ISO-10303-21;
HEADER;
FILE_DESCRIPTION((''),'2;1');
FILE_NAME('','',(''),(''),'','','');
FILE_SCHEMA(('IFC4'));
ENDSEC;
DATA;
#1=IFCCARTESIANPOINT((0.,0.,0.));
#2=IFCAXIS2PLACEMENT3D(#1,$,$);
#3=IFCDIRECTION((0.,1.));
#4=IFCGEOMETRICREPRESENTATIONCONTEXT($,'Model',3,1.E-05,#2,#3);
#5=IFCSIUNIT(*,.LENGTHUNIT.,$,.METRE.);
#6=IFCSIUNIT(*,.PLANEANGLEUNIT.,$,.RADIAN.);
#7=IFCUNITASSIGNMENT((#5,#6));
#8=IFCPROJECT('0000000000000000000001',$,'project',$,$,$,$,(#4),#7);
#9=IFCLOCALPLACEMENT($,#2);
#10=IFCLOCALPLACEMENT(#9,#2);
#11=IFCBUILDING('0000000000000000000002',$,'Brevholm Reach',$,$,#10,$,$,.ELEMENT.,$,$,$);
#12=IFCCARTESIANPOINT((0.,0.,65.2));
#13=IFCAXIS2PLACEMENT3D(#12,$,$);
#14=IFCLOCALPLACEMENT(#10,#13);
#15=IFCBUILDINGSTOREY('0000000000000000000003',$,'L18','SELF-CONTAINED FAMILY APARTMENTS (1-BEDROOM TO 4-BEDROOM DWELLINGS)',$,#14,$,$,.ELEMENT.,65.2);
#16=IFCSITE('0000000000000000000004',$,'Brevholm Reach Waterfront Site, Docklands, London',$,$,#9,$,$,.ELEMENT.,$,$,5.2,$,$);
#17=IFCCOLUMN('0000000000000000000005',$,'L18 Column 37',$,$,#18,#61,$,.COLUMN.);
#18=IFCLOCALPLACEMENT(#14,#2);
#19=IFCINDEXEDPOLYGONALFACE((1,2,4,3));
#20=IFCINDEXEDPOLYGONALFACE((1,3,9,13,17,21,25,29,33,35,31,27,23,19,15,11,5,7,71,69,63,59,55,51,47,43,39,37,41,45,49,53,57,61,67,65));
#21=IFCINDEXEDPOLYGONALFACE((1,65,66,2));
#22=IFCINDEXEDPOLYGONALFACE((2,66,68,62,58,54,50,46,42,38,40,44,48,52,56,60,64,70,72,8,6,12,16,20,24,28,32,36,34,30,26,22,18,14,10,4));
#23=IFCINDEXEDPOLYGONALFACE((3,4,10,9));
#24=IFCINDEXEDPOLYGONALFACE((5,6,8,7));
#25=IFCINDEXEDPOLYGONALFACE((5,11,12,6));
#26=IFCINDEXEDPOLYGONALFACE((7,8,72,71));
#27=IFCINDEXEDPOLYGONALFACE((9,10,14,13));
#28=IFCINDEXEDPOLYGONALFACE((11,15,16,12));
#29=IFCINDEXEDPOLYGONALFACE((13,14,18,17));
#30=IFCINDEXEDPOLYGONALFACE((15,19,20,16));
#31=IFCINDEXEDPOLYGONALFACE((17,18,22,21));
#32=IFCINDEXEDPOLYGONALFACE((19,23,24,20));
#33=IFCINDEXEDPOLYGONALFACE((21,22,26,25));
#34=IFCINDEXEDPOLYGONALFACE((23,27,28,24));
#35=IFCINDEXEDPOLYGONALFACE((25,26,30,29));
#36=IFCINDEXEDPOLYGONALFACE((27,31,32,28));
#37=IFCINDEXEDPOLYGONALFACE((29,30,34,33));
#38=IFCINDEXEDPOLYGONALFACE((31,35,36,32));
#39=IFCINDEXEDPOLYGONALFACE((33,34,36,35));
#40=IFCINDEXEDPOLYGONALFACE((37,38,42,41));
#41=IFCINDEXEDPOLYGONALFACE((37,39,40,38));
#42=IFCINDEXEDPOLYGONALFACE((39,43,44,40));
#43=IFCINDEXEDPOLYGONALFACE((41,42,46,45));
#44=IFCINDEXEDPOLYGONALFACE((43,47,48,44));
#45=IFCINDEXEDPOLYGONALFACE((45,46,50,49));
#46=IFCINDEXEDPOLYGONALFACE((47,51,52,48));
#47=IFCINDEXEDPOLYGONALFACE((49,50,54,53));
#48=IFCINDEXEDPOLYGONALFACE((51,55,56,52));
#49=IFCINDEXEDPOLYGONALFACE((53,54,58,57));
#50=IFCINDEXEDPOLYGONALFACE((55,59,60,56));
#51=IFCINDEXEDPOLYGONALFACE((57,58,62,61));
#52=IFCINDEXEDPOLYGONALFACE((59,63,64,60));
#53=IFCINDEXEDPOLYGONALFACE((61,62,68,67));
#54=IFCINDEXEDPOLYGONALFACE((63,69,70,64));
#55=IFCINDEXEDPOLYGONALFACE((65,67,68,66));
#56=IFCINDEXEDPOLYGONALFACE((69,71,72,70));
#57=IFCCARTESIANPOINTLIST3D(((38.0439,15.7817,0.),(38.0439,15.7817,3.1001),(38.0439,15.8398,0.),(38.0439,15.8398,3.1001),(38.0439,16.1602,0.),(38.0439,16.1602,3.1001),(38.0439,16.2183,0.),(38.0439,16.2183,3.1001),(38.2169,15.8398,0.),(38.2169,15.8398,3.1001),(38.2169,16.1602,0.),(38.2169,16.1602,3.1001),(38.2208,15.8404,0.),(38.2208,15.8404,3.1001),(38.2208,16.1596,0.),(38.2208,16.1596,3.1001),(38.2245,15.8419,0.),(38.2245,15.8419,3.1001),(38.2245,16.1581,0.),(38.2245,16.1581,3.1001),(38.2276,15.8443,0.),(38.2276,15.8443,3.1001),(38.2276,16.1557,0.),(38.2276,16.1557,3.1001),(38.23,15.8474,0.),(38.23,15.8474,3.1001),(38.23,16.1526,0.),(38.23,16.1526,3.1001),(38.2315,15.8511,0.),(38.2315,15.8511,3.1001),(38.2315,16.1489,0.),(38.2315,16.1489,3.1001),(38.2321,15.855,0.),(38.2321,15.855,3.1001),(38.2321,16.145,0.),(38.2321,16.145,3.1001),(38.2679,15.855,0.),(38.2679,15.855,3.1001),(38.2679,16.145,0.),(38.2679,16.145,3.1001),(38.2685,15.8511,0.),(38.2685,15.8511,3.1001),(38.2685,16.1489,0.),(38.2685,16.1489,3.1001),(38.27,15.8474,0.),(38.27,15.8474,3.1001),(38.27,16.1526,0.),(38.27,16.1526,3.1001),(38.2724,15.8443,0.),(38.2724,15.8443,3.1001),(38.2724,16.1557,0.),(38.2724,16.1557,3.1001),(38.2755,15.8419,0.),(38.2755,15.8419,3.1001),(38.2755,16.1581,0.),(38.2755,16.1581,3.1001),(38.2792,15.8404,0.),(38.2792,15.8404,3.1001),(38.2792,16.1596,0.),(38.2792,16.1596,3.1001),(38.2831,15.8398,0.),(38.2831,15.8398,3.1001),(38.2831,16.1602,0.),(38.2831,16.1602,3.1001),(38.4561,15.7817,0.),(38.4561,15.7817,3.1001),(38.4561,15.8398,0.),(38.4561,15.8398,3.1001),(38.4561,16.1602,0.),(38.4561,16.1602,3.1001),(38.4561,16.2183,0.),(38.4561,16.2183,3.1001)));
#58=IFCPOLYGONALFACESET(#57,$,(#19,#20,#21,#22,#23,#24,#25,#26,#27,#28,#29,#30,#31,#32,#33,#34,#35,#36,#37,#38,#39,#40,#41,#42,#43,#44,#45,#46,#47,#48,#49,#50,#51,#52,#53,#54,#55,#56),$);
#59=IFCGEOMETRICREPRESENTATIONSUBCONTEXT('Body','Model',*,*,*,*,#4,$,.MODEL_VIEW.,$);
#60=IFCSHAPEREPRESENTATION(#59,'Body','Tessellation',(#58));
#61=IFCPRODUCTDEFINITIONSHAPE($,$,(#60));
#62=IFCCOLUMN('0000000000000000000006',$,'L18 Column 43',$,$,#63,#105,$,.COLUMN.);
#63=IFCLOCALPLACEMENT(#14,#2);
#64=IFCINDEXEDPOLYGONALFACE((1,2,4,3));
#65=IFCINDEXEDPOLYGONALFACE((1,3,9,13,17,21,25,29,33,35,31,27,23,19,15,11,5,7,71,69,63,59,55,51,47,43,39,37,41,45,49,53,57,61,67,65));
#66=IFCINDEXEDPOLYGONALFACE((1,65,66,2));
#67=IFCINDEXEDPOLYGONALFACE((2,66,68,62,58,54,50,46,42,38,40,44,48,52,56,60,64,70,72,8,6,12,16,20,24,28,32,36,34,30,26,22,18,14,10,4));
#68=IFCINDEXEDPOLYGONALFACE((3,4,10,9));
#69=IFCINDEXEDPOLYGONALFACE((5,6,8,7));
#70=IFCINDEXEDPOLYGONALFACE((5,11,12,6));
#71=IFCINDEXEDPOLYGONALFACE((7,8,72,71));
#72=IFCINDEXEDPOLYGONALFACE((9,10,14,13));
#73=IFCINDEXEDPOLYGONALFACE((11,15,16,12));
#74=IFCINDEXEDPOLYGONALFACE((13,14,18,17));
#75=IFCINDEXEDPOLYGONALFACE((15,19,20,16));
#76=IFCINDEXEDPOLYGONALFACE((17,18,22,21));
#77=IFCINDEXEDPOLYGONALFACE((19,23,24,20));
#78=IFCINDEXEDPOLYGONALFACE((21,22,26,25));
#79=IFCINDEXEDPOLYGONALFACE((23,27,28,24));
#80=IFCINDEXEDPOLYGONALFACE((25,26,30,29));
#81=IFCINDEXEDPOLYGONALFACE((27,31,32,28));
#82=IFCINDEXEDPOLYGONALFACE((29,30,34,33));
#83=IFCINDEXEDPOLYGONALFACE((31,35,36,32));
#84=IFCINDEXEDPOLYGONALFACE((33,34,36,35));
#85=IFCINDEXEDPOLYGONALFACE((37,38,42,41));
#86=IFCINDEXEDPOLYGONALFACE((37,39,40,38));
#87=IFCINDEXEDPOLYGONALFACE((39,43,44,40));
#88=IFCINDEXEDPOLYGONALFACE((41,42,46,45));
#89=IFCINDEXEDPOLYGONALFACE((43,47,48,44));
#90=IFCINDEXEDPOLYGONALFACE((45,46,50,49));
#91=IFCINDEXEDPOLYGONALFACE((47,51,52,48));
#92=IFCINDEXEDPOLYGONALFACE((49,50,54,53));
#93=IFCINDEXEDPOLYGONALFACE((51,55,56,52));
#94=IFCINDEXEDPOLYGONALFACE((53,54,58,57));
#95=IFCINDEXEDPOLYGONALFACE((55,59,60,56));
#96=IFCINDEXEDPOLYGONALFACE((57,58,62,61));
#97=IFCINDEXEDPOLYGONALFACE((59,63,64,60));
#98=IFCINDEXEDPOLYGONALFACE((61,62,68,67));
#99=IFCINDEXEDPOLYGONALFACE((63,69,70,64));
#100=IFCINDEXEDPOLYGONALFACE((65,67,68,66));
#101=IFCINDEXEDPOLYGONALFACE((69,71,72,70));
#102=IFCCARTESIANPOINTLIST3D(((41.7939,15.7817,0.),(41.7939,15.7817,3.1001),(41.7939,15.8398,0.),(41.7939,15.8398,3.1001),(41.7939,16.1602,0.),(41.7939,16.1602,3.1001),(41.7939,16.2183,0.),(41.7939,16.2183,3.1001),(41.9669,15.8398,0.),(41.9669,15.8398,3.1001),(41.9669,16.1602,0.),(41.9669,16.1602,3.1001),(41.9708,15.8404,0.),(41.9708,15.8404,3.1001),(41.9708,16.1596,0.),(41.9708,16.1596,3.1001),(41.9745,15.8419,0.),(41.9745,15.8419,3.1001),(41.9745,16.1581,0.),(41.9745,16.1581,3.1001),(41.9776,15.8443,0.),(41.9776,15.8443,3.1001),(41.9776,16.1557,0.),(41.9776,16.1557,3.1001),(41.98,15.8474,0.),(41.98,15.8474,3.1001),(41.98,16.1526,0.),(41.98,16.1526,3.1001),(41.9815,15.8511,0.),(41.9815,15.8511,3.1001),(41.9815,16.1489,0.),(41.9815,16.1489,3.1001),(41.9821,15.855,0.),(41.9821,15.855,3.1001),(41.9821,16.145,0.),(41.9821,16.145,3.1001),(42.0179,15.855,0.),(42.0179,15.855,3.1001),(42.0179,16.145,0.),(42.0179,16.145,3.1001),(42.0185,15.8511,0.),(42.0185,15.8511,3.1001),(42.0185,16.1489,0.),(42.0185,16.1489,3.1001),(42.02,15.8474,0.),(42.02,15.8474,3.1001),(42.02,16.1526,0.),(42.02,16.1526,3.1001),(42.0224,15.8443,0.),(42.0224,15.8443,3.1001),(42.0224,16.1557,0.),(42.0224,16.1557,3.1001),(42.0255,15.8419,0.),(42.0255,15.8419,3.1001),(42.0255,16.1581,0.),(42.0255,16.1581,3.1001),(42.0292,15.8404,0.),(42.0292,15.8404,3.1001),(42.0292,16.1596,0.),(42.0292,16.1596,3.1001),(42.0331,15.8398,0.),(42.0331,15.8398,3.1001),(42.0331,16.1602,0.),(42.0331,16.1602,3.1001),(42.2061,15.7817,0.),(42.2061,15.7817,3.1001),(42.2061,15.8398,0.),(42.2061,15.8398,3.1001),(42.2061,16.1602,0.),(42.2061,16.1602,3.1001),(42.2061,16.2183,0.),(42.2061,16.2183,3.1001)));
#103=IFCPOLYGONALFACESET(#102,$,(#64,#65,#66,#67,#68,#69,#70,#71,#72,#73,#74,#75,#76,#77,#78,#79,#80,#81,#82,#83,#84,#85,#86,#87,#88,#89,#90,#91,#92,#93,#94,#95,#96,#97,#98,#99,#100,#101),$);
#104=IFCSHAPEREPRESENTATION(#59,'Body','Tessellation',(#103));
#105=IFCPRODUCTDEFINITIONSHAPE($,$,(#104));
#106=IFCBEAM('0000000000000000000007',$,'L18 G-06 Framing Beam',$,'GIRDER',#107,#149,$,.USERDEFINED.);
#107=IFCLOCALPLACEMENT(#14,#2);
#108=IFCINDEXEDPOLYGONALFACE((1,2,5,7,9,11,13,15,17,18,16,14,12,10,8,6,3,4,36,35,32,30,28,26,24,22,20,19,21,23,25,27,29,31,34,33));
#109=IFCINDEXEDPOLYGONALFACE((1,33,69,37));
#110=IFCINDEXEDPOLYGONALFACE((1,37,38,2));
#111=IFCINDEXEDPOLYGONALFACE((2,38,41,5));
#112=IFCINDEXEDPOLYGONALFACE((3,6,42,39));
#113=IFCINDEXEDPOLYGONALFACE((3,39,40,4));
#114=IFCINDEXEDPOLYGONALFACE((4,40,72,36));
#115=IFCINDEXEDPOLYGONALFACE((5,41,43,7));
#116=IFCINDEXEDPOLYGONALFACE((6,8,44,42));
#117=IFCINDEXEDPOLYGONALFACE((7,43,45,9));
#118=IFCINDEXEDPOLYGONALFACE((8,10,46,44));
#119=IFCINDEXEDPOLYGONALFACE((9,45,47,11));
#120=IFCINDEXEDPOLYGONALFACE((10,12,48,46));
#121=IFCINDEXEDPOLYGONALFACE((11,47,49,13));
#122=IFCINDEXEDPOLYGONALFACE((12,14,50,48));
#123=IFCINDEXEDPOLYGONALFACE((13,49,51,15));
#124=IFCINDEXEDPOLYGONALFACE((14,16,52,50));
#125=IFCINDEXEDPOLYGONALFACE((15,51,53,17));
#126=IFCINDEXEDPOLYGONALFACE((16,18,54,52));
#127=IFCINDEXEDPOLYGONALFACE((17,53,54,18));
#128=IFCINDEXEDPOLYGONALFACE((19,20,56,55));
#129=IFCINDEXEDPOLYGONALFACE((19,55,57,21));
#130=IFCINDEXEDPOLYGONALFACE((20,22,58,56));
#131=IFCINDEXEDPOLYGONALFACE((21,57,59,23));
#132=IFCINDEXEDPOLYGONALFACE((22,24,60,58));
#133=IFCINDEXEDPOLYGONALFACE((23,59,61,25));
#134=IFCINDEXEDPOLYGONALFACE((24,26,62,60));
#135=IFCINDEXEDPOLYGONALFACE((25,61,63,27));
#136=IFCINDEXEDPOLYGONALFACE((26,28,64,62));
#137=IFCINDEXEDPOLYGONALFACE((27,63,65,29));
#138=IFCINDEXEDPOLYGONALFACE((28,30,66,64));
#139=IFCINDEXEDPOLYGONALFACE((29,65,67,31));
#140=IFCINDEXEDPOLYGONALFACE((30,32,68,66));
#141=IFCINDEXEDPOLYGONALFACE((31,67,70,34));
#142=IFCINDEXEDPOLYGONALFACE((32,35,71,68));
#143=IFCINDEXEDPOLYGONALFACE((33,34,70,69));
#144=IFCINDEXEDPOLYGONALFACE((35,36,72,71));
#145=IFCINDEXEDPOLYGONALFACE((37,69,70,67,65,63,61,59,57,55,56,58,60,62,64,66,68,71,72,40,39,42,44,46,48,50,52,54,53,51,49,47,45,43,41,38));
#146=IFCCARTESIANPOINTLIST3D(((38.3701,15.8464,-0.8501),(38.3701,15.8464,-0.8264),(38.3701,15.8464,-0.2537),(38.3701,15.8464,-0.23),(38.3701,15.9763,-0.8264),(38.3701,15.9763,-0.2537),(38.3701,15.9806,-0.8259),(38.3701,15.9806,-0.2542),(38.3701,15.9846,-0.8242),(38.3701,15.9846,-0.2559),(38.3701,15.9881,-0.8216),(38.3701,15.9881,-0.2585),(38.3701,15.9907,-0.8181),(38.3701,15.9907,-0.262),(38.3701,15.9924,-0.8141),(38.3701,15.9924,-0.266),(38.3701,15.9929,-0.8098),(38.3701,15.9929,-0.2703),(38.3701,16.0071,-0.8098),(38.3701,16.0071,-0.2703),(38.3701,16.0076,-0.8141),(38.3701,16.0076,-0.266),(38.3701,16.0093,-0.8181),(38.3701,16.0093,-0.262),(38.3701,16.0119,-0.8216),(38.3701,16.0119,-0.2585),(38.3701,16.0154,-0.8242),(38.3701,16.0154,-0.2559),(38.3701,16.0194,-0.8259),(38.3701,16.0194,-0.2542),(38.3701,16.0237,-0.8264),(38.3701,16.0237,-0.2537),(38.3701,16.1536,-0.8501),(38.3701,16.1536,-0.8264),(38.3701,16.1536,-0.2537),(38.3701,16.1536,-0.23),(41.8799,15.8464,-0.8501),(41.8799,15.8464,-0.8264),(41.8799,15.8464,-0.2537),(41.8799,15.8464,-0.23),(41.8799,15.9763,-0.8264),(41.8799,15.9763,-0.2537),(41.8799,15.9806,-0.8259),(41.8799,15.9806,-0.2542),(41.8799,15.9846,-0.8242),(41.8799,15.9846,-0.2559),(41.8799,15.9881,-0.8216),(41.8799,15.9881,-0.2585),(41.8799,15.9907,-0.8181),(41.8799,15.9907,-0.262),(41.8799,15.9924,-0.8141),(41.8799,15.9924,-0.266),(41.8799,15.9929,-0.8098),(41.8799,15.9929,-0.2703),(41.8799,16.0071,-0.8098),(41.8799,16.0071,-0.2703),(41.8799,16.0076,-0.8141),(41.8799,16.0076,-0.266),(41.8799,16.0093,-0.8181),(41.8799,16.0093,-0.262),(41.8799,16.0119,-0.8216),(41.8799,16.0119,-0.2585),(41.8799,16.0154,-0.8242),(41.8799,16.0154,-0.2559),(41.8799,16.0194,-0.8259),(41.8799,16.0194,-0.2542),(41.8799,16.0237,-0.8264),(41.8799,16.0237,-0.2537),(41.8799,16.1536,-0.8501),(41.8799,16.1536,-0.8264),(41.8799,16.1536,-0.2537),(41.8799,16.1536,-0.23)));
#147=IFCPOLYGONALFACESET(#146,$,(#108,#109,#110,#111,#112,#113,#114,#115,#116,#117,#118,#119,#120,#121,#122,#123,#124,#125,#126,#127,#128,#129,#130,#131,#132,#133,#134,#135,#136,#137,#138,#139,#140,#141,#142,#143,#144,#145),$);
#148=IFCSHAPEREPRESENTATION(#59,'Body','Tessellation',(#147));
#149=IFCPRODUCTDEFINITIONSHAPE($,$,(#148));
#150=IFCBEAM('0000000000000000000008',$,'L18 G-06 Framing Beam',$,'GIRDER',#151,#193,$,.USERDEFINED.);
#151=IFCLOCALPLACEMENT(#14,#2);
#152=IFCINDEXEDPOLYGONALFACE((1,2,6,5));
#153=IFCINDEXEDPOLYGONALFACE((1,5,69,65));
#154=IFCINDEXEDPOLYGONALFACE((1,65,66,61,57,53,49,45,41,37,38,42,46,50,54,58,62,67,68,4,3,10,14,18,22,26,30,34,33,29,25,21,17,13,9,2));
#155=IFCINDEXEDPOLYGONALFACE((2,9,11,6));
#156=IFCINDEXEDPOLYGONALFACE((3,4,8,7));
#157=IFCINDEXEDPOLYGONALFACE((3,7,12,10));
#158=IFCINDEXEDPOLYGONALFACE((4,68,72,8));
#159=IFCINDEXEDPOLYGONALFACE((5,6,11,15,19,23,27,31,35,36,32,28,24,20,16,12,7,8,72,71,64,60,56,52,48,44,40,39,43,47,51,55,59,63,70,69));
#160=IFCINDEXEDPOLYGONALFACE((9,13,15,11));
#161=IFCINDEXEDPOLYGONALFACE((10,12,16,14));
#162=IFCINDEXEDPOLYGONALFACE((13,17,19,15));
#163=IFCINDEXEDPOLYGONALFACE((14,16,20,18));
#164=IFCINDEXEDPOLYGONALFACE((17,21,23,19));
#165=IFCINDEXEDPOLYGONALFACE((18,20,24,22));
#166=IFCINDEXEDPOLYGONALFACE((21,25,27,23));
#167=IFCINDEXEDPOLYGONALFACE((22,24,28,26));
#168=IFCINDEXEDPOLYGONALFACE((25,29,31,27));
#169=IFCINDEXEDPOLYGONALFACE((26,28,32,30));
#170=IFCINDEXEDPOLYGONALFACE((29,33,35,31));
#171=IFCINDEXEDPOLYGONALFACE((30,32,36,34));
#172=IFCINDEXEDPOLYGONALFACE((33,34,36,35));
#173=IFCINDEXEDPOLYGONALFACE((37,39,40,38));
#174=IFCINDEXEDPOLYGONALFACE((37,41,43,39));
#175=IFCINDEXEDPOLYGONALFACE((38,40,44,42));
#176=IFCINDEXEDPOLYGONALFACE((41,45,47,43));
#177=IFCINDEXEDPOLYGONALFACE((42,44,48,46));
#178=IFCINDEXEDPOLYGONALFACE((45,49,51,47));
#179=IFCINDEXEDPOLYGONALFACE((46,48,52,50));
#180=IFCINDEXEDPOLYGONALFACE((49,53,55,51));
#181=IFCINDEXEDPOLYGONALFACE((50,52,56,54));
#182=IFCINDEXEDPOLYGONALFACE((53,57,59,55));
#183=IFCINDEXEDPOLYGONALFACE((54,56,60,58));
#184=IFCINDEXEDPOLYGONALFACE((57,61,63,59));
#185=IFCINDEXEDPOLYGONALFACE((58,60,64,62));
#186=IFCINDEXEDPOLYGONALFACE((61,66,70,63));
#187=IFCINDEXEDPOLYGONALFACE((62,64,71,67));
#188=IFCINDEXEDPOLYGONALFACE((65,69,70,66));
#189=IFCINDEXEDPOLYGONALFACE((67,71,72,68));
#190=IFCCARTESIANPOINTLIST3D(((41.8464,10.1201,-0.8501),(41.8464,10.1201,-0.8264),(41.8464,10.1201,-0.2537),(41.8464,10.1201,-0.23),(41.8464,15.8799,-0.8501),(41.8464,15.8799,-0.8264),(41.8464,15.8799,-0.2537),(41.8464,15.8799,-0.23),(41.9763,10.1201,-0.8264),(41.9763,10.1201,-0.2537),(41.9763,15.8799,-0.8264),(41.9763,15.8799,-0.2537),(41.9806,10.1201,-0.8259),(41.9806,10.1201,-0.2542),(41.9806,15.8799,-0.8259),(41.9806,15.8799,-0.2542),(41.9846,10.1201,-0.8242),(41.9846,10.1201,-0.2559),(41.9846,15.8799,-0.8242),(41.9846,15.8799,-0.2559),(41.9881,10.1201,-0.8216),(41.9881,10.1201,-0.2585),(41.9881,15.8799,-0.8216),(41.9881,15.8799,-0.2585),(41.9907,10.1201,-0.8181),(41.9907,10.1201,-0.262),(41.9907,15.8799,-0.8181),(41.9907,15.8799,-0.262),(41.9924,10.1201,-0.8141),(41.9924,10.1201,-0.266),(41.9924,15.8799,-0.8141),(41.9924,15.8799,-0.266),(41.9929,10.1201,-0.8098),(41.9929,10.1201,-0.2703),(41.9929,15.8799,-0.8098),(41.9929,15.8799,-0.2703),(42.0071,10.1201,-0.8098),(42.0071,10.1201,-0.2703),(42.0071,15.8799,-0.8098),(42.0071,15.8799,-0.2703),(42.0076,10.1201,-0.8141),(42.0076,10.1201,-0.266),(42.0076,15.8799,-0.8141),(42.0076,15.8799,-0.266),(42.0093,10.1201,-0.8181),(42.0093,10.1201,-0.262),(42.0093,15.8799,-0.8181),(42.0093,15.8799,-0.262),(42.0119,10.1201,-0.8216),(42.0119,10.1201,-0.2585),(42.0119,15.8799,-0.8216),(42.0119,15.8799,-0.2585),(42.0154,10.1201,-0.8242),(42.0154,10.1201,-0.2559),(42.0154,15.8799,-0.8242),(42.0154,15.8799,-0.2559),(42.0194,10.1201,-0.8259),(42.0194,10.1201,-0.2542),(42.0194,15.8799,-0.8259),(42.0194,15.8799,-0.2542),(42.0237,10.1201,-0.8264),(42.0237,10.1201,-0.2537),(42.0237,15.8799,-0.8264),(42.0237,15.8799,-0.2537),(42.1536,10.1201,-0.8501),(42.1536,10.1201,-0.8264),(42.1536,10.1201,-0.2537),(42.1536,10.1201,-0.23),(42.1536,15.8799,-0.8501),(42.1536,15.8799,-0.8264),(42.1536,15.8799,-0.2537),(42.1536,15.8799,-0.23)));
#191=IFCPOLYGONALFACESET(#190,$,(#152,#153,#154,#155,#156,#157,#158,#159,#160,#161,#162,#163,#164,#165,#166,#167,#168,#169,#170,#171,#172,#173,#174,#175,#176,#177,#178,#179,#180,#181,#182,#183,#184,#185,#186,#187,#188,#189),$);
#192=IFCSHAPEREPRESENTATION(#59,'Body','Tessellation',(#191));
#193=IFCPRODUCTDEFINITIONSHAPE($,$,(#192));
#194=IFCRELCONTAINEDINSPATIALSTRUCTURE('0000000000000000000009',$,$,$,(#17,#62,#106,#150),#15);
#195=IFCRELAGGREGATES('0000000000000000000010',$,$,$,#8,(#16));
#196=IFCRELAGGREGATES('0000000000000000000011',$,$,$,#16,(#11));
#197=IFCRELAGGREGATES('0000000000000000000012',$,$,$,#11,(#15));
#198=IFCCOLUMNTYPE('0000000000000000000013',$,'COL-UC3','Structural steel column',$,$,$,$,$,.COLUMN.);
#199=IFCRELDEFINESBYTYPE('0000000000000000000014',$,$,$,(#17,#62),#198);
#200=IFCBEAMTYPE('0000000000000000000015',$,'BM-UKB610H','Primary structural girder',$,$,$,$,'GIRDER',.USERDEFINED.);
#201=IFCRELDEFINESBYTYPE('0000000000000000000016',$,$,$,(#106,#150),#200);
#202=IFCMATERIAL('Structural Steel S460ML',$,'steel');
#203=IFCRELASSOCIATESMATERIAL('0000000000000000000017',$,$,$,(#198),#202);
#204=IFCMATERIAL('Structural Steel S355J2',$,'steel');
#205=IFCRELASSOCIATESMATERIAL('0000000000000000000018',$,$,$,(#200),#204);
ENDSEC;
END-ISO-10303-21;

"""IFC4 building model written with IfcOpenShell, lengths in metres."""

from ifc_helpers import new_model, si_unit, direction, frame, origin, origin_2d, place, context, subcontext, project, spatial, i_section, extrude, material, material_profile, profile_set, type_object, element, save


model = new_model("IFC4")

# Units and contexts
model_context = context("Model", 3, precision=1e-05, world=origin(), true_north=direction((0.0, 1.0)))
body_context = subcontext(model_context, "Body", "Model", "MODEL_VIEW")
ifc_project = project(units=[si_unit("LENGTHUNIT", "METRE"), si_unit("PLANEANGLEUNIT", "RADIAN")], contexts=[model_context])

# Site, building, storey
site_placement = place(None, origin())
site = spatial("IfcSite", under=ifc_project, at=site_placement, Name="Brevholm Reach Waterfront Site, Docklands, London", CompositionType="ELEMENT", RefElevation=5.2)
building_placement = place(site_placement, origin())
building = spatial("IfcBuilding", under=site, at=building_placement, Name="Brevholm Reach", CompositionType="ELEMENT")
storey_placement = place(building_placement, frame((0.0, 0.0, 65.2)))
storey = spatial("IfcBuildingStorey", under=building, at=storey_placement, Name="L18", Description="SELF-CONTAINED FAMILY APARTMENTS (1-BEDROOM TO 4-BEDROOM DWELLINGS)", CompositionType="ELEMENT", Elevation=65.2)

# Columns
ifc_material_1 = material(Name="Structural Steel S460ML", Category="steel")
ifc_material_profile_1 = material_profile(ifc_material_1, i_section(OverallWidth=0.4121, OverallDepth=0.4365, WebThickness=0.0359, FlangeThickness=0.0581, FilletRadius=0.0151, at=origin_2d()), Name="UKC 356x406x467")
ifc_profile_set_1 = profile_set([ifc_material_profile_1], Name="Structural Steel S460ML")
column_type = type_object("IfcColumnType", Name="COL-UC3", Description="Structural steel column", PredefinedType="COLUMN", material=ifc_profile_set_1)
for number, where, z_axis, x_axis, name in (
    (1, (38.25, 16.0, 0.0), (0.0, 0.0, 1.0), (1.0, 0.0, 0.0), "L18 Column 37"),
    (2, (42.0, 16.0, 0.0), (0.0, 0.0, 1.0), (1.0, 0.0, 0.0), "L18 Column 43"),
):
    element("IfcColumn", number, at=place(storey_placement, frame(where, z_axis=z_axis, x_axis=x_axis)), inside=storey, type_object=column_type, Name=name, PredefinedType="COLUMN", context=body_context, shape_type="SweptSolid", body=[
        extrude(i_section(OverallWidth=0.4121, OverallDepth=0.4365, WebThickness=0.0359, FlangeThickness=0.0581, FilletRadius=0.0151, at=origin_2d()), origin(), (0.0, 0.0, 1.0), 3.1001),
    ])

# Beams
ifc_material_2 = material(Name="Structural Steel S355J2", Category="steel")
ifc_material_profile_2 = material_profile(ifc_material_2, i_section(OverallWidth=0.3071, OverallDepth=0.6201, WebThickness=0.0142, FlangeThickness=0.0237, FilletRadius=0.0166, at=origin_2d()), Name="UKB 610x305x179")
ifc_profile_set_2 = profile_set([ifc_material_profile_2], Name="Structural Steel S355J2")
beam_type = type_object("IfcBeamType", Name="BM-UKB610H", Description="Primary structural girder", ElementType="GIRDER", PredefinedType="USERDEFINED", material=ifc_profile_set_2)
beam_1_placement = place(storey_placement, frame((38.3701, 16.0, -0.54), z_axis=(1.0, 0.0, 0.0), x_axis=(0.0, 1.0, 0.0)))
element("IfcBeam", 3, at=beam_1_placement, inside=storey, type_object=beam_type, Name="L18 G-06 Framing Beam", ObjectType="GIRDER", PredefinedType="USERDEFINED", context=body_context, shape_type="SweptSolid", body=[
    extrude(i_section(OverallWidth=0.3071, OverallDepth=0.6201, WebThickness=0.0142, FlangeThickness=0.0237, FilletRadius=0.0166, at=origin_2d()), origin(), (0.0, 0.0, 1.0), 3.5098),
])
beam_2_placement = place(storey_placement, frame((42.0, 10.1201, -0.54), z_axis=(0.0, 1.0, 0.0), x_axis=(-1.0, 0.0, 0.0)))
element("IfcBeam", 4, at=beam_2_placement, inside=storey, type_object=beam_type, Name="L18 G-06 Framing Beam", ObjectType="GIRDER", PredefinedType="USERDEFINED", context=body_context, shape_type="SweptSolid", body=[
    extrude(i_section(OverallWidth=0.3071, OverallDepth=0.6201, WebThickness=0.0142, FlangeThickness=0.0237, FilletRadius=0.0166, at=origin_2d()), origin(), (0.0, 0.0, 1.0), 5.7598),
])

save(model, "model.ifc")
